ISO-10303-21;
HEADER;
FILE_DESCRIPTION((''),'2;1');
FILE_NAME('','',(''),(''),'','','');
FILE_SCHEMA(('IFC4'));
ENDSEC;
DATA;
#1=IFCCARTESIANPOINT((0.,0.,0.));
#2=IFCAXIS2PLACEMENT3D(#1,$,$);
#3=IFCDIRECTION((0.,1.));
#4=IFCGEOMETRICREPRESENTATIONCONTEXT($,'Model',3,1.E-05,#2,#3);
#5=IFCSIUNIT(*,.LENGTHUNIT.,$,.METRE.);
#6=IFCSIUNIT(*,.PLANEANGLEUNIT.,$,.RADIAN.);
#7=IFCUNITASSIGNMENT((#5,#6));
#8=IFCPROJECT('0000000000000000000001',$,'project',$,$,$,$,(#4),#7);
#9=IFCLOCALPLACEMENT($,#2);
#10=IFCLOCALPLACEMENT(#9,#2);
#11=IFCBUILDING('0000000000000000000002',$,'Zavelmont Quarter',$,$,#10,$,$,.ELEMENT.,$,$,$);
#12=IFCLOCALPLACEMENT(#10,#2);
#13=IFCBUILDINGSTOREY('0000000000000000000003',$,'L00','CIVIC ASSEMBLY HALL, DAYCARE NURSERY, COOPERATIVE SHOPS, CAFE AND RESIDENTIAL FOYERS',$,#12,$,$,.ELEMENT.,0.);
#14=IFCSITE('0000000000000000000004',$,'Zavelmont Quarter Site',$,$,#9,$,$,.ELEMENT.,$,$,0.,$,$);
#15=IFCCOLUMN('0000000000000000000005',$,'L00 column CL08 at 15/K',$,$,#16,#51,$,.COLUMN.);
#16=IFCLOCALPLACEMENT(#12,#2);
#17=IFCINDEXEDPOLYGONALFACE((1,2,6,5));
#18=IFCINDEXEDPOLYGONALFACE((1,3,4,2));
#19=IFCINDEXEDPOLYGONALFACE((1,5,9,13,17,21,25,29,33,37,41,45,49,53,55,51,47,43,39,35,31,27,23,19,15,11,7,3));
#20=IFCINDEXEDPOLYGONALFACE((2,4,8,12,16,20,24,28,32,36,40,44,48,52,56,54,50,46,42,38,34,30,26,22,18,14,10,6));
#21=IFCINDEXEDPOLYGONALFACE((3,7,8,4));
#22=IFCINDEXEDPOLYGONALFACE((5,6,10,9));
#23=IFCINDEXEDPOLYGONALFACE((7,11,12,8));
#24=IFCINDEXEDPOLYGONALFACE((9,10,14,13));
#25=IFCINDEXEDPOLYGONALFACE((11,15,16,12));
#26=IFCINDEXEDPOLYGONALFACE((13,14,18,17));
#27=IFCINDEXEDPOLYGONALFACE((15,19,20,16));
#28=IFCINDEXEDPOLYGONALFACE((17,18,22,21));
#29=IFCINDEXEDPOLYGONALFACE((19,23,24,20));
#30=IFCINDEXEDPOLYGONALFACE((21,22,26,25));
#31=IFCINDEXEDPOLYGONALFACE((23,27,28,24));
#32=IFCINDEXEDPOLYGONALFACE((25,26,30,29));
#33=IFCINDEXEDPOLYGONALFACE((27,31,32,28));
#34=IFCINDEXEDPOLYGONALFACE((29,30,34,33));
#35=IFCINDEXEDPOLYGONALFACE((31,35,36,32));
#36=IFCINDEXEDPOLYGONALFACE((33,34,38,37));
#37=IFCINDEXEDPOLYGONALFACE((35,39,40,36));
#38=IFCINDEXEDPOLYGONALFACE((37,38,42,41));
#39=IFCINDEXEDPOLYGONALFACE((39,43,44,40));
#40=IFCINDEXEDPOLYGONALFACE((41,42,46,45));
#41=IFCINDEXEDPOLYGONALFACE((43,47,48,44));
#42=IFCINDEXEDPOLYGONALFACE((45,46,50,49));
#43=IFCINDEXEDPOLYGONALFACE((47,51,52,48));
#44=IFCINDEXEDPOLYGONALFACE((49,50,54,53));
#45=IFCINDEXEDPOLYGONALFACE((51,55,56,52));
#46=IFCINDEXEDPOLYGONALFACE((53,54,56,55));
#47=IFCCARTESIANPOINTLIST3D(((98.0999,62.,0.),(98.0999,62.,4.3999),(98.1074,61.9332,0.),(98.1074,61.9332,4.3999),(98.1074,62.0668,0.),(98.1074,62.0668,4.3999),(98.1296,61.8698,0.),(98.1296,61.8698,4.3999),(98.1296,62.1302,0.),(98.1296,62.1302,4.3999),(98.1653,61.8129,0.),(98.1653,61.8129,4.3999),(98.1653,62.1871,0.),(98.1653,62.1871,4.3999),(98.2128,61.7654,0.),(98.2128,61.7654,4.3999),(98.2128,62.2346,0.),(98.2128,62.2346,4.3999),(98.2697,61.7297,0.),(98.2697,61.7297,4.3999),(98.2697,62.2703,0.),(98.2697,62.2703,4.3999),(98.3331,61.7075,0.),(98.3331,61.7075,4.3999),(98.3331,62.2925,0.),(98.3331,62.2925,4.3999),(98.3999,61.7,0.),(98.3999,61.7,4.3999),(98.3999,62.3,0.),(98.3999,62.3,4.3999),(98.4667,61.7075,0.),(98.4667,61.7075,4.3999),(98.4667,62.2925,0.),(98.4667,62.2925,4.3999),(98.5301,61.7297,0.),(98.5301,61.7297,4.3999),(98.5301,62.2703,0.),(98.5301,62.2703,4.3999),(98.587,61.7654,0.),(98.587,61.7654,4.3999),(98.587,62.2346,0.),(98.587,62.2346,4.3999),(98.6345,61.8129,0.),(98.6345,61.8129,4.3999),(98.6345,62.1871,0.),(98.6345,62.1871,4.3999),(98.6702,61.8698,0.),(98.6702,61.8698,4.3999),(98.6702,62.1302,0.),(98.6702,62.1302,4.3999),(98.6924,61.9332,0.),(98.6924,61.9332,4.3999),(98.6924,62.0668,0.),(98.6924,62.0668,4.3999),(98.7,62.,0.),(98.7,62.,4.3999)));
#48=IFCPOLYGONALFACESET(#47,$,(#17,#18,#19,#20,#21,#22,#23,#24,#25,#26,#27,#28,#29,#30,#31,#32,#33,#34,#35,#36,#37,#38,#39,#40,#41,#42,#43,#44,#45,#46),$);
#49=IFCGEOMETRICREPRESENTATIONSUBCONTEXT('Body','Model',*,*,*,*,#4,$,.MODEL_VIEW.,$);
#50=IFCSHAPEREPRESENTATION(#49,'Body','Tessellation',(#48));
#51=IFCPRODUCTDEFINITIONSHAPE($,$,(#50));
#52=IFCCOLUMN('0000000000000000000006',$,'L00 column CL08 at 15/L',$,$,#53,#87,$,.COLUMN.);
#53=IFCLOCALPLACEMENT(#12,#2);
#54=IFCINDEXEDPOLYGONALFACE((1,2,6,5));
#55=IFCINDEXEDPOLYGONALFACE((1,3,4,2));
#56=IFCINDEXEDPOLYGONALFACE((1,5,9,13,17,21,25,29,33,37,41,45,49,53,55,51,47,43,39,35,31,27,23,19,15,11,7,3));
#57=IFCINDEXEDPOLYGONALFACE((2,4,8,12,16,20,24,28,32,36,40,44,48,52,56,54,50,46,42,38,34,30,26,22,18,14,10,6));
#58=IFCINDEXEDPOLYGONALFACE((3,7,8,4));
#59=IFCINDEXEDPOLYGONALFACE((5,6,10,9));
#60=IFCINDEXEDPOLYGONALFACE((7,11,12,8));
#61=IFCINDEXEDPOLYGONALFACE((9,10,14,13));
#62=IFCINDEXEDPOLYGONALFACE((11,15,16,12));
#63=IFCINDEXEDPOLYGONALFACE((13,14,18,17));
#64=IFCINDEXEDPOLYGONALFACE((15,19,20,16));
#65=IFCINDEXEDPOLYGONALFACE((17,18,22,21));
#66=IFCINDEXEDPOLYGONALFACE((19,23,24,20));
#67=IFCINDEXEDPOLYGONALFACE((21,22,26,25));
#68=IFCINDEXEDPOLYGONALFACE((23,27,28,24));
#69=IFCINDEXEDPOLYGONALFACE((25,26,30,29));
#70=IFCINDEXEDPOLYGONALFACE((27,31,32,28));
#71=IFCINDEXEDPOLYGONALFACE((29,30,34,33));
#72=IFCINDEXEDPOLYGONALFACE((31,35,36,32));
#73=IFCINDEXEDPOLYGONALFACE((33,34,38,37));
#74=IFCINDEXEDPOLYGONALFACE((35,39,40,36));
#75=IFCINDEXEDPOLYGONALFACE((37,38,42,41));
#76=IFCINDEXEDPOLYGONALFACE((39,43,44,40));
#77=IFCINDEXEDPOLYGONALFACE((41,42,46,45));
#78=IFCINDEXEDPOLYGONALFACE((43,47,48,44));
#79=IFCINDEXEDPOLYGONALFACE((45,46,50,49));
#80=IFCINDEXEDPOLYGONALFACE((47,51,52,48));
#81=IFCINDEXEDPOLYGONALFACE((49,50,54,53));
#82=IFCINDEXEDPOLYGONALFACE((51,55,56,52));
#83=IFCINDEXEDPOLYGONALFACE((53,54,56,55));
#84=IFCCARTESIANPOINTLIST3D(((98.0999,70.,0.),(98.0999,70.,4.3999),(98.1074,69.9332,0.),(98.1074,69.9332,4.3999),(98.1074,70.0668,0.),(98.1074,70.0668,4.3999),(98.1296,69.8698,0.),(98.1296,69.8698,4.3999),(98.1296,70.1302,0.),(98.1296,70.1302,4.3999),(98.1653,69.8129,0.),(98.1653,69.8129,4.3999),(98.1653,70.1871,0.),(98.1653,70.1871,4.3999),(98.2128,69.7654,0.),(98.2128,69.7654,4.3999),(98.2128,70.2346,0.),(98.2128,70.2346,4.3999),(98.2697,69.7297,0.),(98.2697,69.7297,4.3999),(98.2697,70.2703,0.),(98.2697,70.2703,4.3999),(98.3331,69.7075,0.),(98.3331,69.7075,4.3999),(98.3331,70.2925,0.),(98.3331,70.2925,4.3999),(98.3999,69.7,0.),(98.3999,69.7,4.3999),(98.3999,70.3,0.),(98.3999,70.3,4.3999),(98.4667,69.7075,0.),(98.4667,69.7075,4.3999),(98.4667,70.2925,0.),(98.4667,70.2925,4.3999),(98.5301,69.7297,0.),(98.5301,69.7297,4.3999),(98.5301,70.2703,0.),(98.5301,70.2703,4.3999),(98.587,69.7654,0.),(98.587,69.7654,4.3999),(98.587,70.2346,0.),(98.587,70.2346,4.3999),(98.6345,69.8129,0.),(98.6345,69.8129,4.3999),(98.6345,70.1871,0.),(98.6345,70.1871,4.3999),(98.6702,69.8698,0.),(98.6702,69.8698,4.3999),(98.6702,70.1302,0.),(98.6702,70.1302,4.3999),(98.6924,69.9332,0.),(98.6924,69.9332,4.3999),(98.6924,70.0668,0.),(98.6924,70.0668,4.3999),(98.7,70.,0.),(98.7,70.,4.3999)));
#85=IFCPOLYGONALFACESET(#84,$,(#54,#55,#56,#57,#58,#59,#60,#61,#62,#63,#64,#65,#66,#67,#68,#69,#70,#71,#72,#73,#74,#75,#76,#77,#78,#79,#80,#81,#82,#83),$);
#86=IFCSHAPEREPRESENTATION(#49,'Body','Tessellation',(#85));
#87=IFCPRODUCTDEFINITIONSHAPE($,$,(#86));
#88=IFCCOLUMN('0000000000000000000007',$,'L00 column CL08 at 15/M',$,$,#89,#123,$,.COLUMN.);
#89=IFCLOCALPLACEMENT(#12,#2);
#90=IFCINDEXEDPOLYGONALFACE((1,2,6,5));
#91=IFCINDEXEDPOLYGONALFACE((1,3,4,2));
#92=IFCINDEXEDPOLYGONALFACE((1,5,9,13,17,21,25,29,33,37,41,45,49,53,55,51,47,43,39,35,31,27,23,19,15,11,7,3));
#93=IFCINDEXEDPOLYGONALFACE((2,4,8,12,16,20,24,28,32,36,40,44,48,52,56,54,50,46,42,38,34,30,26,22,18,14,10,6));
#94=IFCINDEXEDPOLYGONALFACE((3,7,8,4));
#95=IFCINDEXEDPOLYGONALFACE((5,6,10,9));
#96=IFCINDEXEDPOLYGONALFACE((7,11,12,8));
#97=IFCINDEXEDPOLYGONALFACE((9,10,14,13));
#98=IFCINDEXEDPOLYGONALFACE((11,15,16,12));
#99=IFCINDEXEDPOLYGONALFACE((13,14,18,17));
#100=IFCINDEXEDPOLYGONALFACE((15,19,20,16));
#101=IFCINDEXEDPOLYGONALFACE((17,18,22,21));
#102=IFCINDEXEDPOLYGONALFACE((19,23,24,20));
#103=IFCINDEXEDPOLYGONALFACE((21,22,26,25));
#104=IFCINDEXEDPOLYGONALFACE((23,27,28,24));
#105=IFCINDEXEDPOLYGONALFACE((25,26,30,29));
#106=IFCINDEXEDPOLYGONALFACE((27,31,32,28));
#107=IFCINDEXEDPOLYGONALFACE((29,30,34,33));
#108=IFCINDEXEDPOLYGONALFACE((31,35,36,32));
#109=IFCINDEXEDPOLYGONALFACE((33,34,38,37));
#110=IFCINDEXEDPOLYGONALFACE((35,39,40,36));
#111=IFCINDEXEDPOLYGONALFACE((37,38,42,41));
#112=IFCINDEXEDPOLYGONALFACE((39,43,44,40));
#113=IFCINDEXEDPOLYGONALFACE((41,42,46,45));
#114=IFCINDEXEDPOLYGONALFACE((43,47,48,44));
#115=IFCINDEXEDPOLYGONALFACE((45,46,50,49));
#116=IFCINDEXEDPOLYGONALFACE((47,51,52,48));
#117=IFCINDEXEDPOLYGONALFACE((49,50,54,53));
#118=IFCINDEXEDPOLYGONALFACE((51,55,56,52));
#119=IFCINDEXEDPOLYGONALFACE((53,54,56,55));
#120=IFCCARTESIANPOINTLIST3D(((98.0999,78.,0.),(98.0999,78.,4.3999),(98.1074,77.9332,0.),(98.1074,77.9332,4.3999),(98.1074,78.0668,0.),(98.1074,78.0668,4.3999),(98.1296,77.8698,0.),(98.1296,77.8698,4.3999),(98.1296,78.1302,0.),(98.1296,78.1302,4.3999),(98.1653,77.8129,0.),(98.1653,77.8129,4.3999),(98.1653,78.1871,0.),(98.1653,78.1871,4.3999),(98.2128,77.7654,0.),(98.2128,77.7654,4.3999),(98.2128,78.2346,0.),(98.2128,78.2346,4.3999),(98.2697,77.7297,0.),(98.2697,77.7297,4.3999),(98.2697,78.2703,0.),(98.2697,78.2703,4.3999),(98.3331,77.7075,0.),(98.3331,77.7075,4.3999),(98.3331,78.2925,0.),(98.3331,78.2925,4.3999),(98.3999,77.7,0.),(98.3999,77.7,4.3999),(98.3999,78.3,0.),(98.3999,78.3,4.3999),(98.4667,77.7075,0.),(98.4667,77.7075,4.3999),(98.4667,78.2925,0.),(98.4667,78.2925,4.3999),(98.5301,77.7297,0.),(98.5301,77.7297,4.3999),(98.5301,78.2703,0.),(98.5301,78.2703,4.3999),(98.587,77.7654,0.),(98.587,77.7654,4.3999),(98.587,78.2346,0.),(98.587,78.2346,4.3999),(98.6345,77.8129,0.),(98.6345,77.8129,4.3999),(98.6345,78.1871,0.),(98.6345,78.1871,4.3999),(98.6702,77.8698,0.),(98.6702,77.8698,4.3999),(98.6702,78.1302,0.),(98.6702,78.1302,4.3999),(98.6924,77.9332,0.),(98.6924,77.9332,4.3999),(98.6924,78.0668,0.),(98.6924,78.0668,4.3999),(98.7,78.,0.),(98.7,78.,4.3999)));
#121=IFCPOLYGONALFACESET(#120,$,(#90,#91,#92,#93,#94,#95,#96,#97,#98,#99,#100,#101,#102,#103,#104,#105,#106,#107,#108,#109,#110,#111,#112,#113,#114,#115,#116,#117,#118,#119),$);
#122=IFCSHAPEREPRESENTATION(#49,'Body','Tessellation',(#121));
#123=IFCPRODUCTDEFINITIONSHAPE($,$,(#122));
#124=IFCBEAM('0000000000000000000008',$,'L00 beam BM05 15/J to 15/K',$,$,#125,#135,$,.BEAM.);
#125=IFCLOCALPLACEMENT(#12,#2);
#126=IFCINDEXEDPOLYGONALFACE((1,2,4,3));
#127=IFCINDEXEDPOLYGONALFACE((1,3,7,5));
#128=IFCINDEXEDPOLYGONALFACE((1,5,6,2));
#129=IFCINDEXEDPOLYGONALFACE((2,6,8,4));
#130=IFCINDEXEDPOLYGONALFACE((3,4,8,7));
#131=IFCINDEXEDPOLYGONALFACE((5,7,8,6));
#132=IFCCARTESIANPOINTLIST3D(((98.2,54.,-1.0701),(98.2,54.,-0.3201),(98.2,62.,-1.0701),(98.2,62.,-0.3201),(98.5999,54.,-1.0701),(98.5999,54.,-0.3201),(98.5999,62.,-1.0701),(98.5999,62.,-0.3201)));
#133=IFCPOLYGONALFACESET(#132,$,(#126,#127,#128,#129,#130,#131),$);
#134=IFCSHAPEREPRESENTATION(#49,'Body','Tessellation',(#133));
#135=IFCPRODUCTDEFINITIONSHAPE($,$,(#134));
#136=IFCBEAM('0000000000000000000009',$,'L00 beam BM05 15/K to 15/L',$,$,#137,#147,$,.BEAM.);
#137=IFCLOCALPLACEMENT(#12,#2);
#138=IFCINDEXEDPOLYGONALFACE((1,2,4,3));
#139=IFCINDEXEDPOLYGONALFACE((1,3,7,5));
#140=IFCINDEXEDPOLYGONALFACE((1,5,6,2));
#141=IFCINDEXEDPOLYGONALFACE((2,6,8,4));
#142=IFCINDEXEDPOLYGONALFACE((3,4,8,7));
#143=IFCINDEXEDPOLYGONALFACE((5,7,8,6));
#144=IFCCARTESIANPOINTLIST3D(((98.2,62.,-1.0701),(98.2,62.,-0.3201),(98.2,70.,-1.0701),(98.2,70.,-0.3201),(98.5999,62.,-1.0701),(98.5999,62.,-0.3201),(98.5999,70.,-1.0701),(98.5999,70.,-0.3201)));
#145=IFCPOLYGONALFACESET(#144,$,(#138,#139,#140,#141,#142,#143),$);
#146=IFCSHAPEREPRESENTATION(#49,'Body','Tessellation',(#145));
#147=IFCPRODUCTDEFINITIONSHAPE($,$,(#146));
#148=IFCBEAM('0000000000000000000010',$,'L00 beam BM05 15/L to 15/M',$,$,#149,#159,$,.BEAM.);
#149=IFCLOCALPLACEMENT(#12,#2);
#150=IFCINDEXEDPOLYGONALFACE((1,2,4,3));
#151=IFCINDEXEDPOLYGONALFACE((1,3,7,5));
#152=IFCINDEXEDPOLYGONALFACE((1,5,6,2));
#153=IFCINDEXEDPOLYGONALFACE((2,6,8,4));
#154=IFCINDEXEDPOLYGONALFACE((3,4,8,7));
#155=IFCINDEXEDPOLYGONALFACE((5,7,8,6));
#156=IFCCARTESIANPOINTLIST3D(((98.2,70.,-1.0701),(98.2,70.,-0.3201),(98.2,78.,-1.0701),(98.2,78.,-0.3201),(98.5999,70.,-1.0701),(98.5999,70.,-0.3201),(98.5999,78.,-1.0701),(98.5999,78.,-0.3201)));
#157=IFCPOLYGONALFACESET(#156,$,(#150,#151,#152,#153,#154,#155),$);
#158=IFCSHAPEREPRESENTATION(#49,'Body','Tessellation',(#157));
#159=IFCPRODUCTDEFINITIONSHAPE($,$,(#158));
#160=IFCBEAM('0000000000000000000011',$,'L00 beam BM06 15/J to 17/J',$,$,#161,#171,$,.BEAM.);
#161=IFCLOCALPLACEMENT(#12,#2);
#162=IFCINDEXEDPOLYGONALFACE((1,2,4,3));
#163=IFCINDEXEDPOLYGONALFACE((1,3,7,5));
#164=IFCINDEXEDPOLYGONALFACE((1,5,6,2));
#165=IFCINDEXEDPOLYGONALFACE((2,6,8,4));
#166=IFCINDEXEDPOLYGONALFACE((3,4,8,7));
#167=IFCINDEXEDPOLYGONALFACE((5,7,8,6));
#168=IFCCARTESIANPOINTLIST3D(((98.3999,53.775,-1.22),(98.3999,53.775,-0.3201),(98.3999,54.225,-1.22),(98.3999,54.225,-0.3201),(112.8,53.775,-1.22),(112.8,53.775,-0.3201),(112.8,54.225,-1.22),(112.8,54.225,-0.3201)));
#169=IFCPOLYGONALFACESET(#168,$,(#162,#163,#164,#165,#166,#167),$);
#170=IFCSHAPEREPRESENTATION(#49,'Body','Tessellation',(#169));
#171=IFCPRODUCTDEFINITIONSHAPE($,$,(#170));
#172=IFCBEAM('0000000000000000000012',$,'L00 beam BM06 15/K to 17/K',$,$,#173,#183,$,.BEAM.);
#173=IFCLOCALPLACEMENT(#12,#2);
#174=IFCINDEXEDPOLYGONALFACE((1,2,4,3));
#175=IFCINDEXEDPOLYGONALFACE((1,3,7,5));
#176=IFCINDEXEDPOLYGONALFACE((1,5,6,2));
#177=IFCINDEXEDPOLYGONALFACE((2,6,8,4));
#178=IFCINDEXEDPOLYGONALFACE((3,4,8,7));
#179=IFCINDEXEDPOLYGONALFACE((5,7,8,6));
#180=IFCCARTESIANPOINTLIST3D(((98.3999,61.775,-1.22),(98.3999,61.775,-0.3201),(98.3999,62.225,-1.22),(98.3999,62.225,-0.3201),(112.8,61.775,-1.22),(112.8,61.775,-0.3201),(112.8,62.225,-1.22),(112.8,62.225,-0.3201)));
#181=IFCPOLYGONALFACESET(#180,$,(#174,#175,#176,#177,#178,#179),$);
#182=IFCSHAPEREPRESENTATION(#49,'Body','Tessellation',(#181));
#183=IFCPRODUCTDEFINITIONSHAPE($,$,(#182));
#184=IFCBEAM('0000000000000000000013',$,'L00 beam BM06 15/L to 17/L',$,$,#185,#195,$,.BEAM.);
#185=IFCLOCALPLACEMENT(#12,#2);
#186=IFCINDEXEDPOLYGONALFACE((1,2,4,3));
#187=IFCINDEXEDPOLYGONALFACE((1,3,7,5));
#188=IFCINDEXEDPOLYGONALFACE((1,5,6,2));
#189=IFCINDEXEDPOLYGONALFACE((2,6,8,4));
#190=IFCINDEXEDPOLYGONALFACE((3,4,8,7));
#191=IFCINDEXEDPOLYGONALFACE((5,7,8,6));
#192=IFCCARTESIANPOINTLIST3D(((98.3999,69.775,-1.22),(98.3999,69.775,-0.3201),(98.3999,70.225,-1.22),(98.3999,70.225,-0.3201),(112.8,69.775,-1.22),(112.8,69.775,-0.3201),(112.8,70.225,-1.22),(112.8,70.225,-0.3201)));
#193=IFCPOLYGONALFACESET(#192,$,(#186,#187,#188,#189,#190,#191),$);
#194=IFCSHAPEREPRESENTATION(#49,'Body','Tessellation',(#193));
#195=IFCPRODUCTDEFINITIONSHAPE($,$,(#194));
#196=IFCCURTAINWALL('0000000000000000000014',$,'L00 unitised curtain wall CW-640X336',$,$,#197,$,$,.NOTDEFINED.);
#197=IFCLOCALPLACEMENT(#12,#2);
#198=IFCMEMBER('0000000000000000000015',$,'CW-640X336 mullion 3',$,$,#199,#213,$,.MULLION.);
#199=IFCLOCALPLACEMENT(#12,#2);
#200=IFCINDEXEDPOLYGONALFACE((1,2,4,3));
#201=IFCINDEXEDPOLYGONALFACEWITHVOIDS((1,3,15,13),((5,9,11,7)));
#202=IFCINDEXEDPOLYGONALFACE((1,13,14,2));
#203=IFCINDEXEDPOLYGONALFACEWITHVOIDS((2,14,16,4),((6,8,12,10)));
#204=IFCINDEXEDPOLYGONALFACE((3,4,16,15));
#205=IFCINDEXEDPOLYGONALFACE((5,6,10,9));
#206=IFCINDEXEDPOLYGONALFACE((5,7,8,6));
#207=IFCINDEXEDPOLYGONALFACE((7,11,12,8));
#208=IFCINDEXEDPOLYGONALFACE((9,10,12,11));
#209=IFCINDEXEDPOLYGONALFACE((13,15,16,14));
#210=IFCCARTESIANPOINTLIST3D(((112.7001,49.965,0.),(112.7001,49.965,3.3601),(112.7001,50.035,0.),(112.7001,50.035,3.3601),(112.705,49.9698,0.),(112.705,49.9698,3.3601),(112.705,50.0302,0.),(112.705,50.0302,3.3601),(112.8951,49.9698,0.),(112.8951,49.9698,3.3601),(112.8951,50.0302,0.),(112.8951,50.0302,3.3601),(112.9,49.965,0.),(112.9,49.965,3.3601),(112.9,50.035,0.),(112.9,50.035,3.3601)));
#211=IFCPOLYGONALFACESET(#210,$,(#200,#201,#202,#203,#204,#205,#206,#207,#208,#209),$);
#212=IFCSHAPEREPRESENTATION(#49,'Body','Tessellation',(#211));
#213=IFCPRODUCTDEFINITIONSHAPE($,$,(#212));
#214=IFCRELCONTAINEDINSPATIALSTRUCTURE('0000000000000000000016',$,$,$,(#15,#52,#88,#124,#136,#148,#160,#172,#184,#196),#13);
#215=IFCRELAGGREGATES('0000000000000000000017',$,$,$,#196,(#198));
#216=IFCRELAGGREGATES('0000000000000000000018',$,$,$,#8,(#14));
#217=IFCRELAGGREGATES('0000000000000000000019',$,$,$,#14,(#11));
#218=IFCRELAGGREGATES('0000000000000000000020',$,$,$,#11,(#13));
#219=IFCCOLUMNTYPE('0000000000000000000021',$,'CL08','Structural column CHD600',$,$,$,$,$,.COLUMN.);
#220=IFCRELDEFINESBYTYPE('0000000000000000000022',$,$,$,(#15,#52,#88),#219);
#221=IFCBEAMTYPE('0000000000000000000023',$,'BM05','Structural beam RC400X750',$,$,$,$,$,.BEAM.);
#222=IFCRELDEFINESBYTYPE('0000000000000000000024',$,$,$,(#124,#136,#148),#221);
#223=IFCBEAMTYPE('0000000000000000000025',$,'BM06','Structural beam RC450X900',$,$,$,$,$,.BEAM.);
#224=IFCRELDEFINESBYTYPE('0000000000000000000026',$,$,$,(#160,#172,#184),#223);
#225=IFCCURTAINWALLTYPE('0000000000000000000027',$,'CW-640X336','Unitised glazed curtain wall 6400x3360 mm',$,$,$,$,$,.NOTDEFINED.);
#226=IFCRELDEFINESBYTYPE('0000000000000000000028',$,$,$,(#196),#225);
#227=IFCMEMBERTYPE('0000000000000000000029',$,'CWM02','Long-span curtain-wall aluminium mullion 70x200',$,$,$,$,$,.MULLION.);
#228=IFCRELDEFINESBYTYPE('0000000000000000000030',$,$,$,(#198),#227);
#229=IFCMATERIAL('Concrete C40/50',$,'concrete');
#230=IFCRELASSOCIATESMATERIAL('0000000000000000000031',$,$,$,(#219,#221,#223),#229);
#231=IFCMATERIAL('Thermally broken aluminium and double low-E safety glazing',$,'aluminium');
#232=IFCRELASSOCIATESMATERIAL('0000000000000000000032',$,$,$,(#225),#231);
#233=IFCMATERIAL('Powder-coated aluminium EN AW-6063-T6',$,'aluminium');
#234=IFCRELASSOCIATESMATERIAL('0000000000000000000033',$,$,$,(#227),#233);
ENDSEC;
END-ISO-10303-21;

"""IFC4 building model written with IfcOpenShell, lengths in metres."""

from ifc_helpers import new_model, si_unit, direction, frame, origin, origin_2d, place, context, subcontext, project, spatial, rectangle, hollow_rectangle, circle, extrude, material, material_profile, profile_set, type_object, element, aggregate, save


model = new_model("IFC4")

# Units and contexts
model_context = context("Model", 3, precision=1e-05, world=origin(), true_north=direction((0.0, 1.0)))
body_context = subcontext(model_context, "Body", "Model", "MODEL_VIEW")
ifc_project = project(units=[si_unit("LENGTHUNIT", "METRE"), si_unit("PLANEANGLEUNIT", "RADIAN")], contexts=[model_context])

# Site, building, storey
site_placement = place(None, origin())
site = spatial("IfcSite", under=ifc_project, at=site_placement, Name="Zavelmont Quarter Site", CompositionType="ELEMENT", RefElevation=0.0)
building_placement = place(site_placement, origin())
building = spatial("IfcBuilding", under=site, at=building_placement, Name="Zavelmont Quarter", CompositionType="ELEMENT")
storey_placement = place(building_placement, origin())
storey = spatial("IfcBuildingStorey", under=building, at=storey_placement, Name="L00", Description="CIVIC ASSEMBLY HALL, DAYCARE NURSERY, COOPERATIVE SHOPS, CAFE AND RESIDENTIAL FOYERS", CompositionType="ELEMENT", Elevation=0.0)

# Columns
ifc_material_1 = material(Name="Concrete C40/50", Category="concrete")
ifc_material_profile_1 = material_profile(ifc_material_1, circle(Radius=0.3, at=origin_2d()), Name="CHD600")
ifc_profile_set_1 = profile_set([ifc_material_profile_1], Name="Concrete C40/50")
column_type = type_object("IfcColumnType", Name="CL08", Description="Structural column CHD600", PredefinedType="COLUMN", material=ifc_profile_set_1)
for number, where, z_axis, x_axis, name in (
    (1, (98.3999, 62.0, 0.0), (0.0, 0.0, 1.0), (1.0, 0.0, 0.0), "L00 column CL08 at 15/K"),
    (2, (98.3999, 70.0, 0.0), (0.0, 0.0, 1.0), (1.0, 0.0, 0.0), "L00 column CL08 at 15/L"),
    (3, (98.3999, 78.0, 0.0), (0.0, 0.0, 1.0), (1.0, 0.0, 0.0), "L00 column CL08 at 15/M"),
):
    element("IfcColumn", number, at=place(storey_placement, frame(where, z_axis=z_axis, x_axis=x_axis)), inside=storey, type_object=column_type, Name=name, PredefinedType="COLUMN", context=body_context, shape_type="SweptSolid", body=[
        extrude(circle(Radius=0.3, at=origin_2d()), origin(), (0.0, 0.0, 1.0), 4.3999),
    ])

# Beams
ifc_material_profile_2 = material_profile(ifc_material_1, rectangle(XDim=0.3999, YDim=0.75, at=origin_2d()), Name="RC400X750")
ifc_profile_set_2 = profile_set([ifc_material_profile_2], Name="Concrete C40/50")
beam_type_1 = type_object("IfcBeamType", Name="BM05", Description="Structural beam RC400X750", PredefinedType="BEAM", material=ifc_profile_set_2)
for number, where, z_axis, x_axis, name in (
    (4, (98.3999, 54.0, -0.6951), (0.0, 1.0, 0.0), (-1.0, 0.0, 0.0), "L00 beam BM05 15/J to 15/K"),
    (5, (98.3999, 62.0, -0.6951), (0.0, 1.0, 0.0), (-1.0, 0.0, 0.0), "L00 beam BM05 15/K to 15/L"),
    (6, (98.3999, 70.0, -0.6951), (0.0, 1.0, 0.0), (-1.0, 0.0, 0.0), "L00 beam BM05 15/L to 15/M"),
):
    element("IfcBeam", number, at=place(storey_placement, frame(where, z_axis=z_axis, x_axis=x_axis)), inside=storey, type_object=beam_type_1, Name=name, PredefinedType="BEAM", context=body_context, shape_type="SweptSolid", body=[
        extrude(rectangle(XDim=0.3999, YDim=0.75, at=origin_2d()), origin(), (0.0, 0.0, 1.0), 8.0),
    ])
ifc_material_profile_3 = material_profile(ifc_material_1, rectangle(XDim=0.45, YDim=0.8999, at=origin_2d()), Name="RC450X900")
ifc_profile_set_3 = profile_set([ifc_material_profile_3], Name="Concrete C40/50")
beam_type_2 = type_object("IfcBeamType", Name="BM06", Description="Structural beam RC450X900", PredefinedType="BEAM", material=ifc_profile_set_3)
for number, where, z_axis, x_axis, name in (
    (7, (98.3999, 54.0, -0.77), (1.0, 0.0, 0.0), (0.0, 1.0, 0.0), "L00 beam BM06 15/J to 17/J"),
    (8, (98.3999, 62.0, -0.77), (1.0, 0.0, 0.0), (0.0, 1.0, 0.0), "L00 beam BM06 15/K to 17/K"),
    (9, (98.3999, 70.0, -0.77), (1.0, 0.0, 0.0), (0.0, 1.0, 0.0), "L00 beam BM06 15/L to 17/L"),
):
    element("IfcBeam", number, at=place(storey_placement, frame(where, z_axis=z_axis, x_axis=x_axis)), inside=storey, type_object=beam_type_2, Name=name, PredefinedType="BEAM", context=body_context, shape_type="SweptSolid", body=[
        extrude(rectangle(XDim=0.45, YDim=0.8999, at=origin_2d()), origin(), (0.0, 0.0, 1.0), 14.4001),
    ])

# Curtain wall, member
ifc_material_2 = material(Name="Thermally broken aluminium and double low-E safety glazing", Category="aluminium")
curtain_wall_type = type_object("IfcCurtainWallType", Name="CW-640X336", Description="Unitised glazed curtain wall 6400x3360 mm", PredefinedType="NOTDEFINED", material=ifc_material_2)
curtain_wall_placement = place(storey_placement, origin())
curtain_wall = element("IfcCurtainWall", 10, at=curtain_wall_placement, inside=storey, type_object=curtain_wall_type, Name="L00 unitised curtain wall CW-640X336", PredefinedType="NOTDEFINED")
ifc_material_3 = material(Name="Powder-coated aluminium EN AW-6063-T6", Category="aluminium")
ifc_material_profile_4 = material_profile(ifc_material_3, hollow_rectangle(XDim=0.0701, YDim=0.2, WallThickness=0.0049, at=origin_2d()), Name="CWM70X200")
ifc_profile_set_4 = profile_set([ifc_material_profile_4], Name="Powder-coated aluminium EN AW-6063-T6")
member_type_1 = type_object("IfcMemberType", Name="CWM02", Description="Long-span curtain-wall aluminium mullion 70x200", PredefinedType="MULLION", material=ifc_profile_set_4)
member_1_placement = place(storey_placement, frame((112.8, 50.0, 0.0), z_axis=(0.0, 0.0, 1.0), x_axis=(0.0, 1.0, 0.0)))
member_1 = element("IfcMember", 11, at=member_1_placement, type_object=member_type_1, Name="CW-640X336 mullion 3", PredefinedType="MULLION", context=body_context, shape_type="SweptSolid", body=[
    extrude(hollow_rectangle(XDim=0.0701, YDim=0.2, WallThickness=0.0049, at=origin_2d()), origin(), (0.0, 0.0, 1.0), 3.3601),
])
aggregate(curtain_wall, [member_1])

save(model, "model.ifc")
